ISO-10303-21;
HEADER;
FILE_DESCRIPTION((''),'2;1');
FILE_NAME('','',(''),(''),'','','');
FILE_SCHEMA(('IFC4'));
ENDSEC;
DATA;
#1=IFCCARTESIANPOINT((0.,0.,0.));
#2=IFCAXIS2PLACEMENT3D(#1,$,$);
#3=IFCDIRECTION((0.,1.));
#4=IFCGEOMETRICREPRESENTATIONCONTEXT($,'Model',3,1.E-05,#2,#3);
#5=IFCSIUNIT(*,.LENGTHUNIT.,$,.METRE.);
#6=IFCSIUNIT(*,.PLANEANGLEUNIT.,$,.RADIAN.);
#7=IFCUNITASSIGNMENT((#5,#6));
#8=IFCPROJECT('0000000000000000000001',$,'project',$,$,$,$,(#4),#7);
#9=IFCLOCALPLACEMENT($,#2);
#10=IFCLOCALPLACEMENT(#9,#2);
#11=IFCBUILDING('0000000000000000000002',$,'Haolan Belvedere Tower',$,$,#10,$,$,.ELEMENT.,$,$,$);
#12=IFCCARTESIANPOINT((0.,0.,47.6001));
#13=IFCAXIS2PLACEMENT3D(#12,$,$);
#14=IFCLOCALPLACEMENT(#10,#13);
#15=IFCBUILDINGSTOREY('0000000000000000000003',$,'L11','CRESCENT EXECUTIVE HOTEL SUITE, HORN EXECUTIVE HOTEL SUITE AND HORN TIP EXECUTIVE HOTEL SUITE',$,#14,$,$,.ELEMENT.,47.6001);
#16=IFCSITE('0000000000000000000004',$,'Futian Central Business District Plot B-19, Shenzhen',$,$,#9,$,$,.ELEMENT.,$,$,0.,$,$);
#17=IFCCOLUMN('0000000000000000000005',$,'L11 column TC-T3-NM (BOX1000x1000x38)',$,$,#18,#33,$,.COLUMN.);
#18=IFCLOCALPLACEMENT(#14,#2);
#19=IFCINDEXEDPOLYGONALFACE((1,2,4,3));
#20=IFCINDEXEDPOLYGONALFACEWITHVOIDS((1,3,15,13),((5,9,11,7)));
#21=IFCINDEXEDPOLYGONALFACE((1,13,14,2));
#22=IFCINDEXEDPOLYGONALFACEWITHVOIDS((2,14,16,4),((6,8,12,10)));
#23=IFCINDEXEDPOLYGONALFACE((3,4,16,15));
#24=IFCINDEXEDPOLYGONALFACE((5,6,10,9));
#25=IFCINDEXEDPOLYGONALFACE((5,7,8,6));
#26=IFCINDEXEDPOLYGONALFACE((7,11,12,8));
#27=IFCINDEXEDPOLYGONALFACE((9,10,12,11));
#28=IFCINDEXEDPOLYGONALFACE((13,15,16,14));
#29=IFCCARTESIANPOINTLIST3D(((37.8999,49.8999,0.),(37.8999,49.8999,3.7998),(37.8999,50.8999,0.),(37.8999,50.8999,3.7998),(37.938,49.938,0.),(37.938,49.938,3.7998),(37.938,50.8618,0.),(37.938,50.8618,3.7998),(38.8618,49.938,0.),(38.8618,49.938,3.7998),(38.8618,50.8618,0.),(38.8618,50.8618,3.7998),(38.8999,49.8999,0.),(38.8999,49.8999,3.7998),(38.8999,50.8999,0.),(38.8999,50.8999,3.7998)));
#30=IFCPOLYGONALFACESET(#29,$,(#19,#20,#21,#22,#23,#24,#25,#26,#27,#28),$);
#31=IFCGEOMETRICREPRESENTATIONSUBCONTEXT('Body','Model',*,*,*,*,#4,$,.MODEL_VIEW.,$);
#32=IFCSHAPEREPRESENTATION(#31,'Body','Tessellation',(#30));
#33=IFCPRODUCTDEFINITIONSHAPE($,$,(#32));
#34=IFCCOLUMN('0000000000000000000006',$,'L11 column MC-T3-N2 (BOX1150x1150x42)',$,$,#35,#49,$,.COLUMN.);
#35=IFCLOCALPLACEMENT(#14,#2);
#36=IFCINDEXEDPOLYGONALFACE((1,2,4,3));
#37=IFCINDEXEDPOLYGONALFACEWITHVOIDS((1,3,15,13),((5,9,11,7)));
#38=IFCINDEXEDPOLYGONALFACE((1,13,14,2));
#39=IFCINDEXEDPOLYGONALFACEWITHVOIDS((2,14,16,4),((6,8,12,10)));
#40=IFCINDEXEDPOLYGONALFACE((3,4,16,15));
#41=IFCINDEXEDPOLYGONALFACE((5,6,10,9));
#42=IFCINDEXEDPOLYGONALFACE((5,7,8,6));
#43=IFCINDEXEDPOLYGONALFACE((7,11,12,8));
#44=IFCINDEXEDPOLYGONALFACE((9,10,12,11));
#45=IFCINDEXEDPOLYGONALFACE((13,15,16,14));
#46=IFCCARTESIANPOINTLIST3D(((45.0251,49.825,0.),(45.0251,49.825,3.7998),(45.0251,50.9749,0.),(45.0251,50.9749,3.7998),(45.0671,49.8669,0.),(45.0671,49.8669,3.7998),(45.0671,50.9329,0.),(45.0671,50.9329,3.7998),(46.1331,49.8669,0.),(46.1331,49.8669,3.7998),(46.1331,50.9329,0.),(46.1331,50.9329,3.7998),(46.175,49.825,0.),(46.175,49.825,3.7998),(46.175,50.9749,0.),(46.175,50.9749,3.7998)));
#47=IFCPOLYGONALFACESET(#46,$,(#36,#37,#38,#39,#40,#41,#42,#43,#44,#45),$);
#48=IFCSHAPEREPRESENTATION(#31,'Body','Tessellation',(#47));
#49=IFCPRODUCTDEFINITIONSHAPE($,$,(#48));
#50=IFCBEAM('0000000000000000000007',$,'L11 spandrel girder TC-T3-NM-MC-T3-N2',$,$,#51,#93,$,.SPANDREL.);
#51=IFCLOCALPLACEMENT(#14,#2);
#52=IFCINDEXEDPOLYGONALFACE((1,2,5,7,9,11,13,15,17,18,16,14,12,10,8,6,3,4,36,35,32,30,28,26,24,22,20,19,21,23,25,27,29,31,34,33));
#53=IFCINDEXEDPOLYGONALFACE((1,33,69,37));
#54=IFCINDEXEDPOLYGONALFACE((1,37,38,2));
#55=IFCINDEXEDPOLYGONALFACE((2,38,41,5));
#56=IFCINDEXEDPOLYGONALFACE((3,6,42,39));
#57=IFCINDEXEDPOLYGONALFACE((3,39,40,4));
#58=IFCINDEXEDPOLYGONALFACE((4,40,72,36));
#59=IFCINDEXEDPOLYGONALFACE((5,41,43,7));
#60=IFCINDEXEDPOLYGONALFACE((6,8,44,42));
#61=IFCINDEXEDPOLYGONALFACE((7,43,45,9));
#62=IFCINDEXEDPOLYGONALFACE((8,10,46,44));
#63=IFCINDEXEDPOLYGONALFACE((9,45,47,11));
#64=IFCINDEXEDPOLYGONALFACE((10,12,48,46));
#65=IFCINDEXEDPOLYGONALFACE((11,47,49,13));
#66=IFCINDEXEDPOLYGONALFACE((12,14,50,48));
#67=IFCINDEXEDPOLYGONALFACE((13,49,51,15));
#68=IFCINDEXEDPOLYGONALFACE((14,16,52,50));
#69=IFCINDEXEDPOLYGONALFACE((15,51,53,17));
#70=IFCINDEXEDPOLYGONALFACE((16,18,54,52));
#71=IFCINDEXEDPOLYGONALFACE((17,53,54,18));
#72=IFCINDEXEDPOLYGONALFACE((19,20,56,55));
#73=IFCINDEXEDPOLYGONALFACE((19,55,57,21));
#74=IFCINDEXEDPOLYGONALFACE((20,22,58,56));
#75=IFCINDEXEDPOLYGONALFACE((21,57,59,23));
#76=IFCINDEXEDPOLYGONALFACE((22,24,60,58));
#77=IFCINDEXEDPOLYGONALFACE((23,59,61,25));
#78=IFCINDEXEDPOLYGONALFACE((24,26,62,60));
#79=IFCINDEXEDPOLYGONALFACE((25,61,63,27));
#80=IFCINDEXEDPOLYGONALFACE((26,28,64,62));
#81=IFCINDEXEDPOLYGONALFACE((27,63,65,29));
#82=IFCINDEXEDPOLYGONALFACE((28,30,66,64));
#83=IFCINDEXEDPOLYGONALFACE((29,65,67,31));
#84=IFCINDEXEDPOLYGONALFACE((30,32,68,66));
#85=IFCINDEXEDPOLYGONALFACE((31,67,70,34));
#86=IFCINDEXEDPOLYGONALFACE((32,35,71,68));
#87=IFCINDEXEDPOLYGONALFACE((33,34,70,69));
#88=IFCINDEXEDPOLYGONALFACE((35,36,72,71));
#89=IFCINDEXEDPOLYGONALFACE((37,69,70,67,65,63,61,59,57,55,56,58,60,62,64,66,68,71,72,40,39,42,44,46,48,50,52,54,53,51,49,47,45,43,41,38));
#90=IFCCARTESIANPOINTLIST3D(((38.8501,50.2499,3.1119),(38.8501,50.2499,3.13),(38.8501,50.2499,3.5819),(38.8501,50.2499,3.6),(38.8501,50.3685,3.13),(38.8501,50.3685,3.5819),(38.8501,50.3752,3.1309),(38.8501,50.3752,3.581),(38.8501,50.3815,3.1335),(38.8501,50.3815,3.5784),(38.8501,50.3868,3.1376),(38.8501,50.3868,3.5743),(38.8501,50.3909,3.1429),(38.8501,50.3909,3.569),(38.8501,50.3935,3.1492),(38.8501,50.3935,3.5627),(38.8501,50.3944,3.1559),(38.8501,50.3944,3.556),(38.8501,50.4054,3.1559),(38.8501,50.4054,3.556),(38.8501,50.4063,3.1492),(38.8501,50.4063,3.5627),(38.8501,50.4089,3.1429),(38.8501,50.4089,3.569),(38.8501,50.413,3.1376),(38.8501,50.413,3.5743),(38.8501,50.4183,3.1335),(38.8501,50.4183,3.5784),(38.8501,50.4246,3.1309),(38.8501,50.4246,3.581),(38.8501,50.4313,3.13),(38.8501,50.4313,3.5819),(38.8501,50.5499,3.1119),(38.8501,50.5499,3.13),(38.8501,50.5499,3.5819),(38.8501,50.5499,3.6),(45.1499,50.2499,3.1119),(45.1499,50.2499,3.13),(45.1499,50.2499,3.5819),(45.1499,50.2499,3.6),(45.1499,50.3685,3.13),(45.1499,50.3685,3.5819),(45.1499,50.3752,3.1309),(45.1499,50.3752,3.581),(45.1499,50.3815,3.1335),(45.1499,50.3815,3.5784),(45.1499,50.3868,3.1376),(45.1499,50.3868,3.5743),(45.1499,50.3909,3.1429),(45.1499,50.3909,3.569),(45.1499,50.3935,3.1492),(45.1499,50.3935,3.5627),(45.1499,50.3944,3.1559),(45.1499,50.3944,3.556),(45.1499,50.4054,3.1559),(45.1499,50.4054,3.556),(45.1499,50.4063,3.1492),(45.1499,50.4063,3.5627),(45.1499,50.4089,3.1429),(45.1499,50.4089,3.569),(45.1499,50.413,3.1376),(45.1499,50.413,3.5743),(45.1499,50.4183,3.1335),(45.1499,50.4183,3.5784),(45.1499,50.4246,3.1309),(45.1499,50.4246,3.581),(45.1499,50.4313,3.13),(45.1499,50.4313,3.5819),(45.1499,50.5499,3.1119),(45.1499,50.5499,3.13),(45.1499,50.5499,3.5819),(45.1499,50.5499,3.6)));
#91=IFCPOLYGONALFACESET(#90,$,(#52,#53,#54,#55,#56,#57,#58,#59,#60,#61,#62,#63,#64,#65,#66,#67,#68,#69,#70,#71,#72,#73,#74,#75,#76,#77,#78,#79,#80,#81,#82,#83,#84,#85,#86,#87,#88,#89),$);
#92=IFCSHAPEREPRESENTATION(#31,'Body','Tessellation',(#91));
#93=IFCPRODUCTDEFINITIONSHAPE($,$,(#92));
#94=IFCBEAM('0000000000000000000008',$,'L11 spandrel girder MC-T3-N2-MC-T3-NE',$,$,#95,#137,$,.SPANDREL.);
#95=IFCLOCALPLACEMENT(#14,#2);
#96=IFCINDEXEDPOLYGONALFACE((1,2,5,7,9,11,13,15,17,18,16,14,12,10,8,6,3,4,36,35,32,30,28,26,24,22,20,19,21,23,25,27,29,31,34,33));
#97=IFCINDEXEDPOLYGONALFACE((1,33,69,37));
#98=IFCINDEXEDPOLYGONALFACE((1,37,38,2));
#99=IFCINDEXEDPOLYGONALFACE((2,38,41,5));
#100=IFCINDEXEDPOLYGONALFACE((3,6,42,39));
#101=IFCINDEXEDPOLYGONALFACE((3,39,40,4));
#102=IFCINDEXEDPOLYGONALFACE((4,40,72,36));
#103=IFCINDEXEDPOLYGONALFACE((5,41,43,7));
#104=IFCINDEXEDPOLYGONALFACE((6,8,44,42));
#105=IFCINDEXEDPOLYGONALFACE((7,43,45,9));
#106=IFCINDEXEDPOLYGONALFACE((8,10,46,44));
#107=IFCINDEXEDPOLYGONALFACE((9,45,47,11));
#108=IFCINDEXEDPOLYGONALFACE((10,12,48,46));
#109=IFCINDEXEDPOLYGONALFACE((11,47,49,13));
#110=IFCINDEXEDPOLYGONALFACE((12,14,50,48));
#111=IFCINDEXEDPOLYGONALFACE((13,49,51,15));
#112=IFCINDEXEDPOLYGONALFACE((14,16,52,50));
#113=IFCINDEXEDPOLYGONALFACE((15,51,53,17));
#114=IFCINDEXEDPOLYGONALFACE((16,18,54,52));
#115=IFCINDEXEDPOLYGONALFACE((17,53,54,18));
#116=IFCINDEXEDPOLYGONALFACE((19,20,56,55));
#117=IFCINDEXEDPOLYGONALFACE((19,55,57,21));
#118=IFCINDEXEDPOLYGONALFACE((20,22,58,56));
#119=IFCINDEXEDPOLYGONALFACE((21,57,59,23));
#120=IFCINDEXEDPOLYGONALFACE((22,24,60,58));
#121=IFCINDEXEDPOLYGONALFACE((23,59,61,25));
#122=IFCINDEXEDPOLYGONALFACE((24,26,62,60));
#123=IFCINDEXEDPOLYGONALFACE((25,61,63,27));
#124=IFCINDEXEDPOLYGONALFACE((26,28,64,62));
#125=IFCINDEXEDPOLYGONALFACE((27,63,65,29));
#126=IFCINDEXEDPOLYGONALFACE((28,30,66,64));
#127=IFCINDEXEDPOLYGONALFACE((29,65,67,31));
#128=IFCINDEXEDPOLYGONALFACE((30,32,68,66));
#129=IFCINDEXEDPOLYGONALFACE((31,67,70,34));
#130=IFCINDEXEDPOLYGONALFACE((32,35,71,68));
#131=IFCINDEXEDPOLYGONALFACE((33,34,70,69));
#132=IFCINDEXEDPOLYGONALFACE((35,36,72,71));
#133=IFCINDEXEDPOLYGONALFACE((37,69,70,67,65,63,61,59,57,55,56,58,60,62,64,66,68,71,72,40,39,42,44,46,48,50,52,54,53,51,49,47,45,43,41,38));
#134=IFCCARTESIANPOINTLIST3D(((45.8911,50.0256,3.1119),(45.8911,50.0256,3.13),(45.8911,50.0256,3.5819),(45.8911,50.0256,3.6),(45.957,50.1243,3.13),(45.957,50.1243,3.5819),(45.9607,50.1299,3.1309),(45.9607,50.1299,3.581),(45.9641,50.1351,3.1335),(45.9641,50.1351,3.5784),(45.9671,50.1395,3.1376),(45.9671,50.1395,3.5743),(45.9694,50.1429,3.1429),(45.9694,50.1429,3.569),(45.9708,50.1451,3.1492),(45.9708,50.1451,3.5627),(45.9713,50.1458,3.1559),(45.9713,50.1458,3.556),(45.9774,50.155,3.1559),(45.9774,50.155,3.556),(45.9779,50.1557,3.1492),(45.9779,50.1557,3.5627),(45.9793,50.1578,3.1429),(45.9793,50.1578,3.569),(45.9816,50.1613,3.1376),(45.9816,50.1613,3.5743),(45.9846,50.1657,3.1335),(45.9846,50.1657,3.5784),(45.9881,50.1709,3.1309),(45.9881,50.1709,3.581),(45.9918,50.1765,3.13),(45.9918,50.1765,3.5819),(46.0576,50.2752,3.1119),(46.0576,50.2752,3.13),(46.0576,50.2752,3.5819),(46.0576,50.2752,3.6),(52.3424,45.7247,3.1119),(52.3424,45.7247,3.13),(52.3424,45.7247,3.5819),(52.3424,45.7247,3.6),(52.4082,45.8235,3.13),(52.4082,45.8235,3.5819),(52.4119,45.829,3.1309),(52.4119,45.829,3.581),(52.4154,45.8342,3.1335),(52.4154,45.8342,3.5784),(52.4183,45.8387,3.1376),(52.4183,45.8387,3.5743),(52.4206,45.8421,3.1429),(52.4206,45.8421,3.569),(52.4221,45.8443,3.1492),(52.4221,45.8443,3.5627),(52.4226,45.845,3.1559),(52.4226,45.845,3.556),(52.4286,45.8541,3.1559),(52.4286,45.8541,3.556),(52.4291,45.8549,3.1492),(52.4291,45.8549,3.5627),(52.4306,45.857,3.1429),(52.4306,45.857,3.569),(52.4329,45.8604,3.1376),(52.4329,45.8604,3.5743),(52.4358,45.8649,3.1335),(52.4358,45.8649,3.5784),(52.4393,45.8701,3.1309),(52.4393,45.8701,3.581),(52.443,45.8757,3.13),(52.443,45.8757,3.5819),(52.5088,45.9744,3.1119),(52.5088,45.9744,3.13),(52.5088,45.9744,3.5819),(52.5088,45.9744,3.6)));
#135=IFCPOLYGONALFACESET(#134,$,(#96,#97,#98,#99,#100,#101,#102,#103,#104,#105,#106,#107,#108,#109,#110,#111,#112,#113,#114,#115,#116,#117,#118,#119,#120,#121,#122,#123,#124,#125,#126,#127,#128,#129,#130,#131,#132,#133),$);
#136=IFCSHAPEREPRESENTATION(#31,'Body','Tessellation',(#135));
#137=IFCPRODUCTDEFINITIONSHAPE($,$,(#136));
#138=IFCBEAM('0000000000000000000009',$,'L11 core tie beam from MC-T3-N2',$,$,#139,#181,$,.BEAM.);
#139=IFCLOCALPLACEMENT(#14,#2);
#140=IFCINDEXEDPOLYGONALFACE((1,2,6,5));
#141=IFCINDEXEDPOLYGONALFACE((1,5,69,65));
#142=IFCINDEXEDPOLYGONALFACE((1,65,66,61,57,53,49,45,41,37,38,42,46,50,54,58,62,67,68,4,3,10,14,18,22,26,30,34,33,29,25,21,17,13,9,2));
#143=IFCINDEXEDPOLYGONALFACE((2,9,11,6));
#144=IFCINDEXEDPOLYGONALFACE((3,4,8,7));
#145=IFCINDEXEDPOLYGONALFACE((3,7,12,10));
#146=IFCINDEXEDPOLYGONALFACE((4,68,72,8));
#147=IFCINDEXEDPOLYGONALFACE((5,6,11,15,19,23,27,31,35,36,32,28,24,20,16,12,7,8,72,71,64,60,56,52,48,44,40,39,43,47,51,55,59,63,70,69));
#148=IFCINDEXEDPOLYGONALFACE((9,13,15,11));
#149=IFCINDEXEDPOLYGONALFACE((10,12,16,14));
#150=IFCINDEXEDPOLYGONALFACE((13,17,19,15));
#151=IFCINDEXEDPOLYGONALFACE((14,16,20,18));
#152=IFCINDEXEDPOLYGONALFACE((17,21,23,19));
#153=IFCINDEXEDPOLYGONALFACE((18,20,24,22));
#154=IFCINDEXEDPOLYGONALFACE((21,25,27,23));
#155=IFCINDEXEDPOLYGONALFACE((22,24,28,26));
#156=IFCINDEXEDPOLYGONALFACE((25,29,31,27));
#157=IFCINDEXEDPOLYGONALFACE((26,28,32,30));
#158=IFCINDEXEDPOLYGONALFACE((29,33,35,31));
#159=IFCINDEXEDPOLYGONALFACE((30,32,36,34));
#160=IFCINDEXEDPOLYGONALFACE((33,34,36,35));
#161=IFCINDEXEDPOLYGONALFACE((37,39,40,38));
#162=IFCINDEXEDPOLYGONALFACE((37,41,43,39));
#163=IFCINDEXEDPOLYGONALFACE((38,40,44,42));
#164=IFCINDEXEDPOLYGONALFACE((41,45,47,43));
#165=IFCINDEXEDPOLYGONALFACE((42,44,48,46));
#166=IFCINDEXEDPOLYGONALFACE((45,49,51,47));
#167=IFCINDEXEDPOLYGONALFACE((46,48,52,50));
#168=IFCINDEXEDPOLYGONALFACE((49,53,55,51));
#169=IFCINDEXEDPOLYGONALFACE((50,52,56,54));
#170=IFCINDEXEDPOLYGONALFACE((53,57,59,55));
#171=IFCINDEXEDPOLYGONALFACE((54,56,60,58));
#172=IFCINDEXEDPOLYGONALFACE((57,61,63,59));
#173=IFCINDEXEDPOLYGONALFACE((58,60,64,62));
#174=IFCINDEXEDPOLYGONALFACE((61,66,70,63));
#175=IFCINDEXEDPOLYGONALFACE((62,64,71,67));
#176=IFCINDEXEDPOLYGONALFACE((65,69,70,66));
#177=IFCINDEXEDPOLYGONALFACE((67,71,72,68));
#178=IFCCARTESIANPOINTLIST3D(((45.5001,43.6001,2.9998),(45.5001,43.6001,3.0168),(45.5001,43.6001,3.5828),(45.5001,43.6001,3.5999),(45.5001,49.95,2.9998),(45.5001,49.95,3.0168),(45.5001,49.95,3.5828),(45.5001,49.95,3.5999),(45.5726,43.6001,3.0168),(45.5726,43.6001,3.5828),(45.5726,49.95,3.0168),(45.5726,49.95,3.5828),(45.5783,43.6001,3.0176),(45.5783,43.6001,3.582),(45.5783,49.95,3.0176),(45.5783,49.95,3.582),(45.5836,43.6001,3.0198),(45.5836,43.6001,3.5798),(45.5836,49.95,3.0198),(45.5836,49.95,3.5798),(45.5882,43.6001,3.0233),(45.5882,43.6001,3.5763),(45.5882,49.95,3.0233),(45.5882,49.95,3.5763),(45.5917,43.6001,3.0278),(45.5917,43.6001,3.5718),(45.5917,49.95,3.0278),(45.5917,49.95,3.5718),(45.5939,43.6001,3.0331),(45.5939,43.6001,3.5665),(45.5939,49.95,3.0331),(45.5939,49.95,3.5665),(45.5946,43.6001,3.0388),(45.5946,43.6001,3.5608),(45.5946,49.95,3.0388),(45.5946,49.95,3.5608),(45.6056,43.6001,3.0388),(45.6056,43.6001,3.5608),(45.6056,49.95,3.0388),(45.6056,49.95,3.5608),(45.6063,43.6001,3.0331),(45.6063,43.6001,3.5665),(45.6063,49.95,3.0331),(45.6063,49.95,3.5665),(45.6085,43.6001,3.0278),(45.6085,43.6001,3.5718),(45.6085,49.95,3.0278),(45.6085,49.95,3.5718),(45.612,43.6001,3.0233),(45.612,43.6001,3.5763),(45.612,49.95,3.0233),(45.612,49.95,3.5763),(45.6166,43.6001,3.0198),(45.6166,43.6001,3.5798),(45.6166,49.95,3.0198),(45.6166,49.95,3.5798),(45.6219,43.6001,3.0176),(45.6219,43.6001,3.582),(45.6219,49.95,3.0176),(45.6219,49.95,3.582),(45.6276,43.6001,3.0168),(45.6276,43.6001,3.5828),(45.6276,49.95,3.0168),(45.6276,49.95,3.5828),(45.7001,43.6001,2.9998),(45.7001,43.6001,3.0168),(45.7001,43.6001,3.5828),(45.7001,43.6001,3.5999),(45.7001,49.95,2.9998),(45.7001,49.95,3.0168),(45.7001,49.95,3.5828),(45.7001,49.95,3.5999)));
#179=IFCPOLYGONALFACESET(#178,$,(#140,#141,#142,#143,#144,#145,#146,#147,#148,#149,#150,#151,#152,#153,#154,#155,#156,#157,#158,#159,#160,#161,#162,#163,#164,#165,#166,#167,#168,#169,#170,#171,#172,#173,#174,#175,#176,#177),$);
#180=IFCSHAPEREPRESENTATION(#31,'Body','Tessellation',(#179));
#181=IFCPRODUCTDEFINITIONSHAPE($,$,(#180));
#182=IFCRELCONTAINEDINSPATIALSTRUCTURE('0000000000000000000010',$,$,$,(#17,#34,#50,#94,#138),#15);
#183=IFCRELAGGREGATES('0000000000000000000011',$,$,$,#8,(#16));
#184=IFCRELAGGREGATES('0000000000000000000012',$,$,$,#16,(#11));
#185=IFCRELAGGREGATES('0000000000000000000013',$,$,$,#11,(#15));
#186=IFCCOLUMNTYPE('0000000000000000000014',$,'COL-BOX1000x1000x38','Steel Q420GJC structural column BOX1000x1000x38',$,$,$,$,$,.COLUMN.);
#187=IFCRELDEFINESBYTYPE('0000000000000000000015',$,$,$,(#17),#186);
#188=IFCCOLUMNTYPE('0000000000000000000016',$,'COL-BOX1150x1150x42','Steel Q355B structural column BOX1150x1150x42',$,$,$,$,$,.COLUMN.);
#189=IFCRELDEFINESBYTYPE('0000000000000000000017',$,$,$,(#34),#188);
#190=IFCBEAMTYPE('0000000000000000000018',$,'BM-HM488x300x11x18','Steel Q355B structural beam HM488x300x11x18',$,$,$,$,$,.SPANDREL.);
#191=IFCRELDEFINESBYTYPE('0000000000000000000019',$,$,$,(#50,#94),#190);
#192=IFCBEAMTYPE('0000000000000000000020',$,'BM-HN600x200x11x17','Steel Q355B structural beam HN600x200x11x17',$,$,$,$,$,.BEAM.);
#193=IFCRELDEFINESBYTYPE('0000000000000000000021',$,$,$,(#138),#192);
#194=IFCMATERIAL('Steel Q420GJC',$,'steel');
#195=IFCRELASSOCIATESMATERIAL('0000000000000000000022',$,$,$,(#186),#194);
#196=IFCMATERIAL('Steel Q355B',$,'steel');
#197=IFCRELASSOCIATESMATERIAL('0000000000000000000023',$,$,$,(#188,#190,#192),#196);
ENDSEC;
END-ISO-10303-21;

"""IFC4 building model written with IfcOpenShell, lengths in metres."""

from ifc_helpers import new_model, si_unit, direction, frame, origin, origin_2d, place, context, subcontext, project, spatial, hollow_rectangle, i_section, extrude, material, material_profile, profile_set, type_object, element, save


model = new_model("IFC4")

# Units and contexts
model_context = context("Model", 3, precision=1e-05, world=origin(), true_north=direction((0.0, 1.0)))
body_context = subcontext(model_context, "Body", "Model", "MODEL_VIEW")
ifc_project = project(units=[si_unit("LENGTHUNIT", "METRE"), si_unit("PLANEANGLEUNIT", "RADIAN")], contexts=[model_context])

# Site, building, storey
site_placement = place(None, origin())
site = spatial("IfcSite", under=ifc_project, at=site_placement, Name="Futian Central Business District Plot B-19, Shenzhen", CompositionType="ELEMENT", RefElevation=0.0)
building_placement = place(site_placement, origin())
building = spatial("IfcBuilding", under=site, at=building_placement, Name="Haolan Belvedere Tower", CompositionType="ELEMENT")
storey_placement = place(building_placement, frame((0.0, 0.0, 47.6001)))
storey = spatial("IfcBuildingStorey", under=building, at=storey_placement, Name="L11", Description="CRESCENT EXECUTIVE HOTEL SUITE, HORN EXECUTIVE HOTEL SUITE AND HORN TIP EXECUTIVE HOTEL SUITE", CompositionType="ELEMENT", Elevation=47.6001)

# Columns
ifc_material_1 = material(Name="Steel Q420GJC", Category="steel")
ifc_material_profile_1 = material_profile(ifc_material_1, hollow_rectangle(XDim=1.0, YDim=1.0, WallThickness=0.0381, at=origin_2d()), Name="Steel Q420GJC")
ifc_profile_set_1 = profile_set([ifc_material_profile_1], Name="Steel Q420GJC")
column_type_1 = type_object("IfcColumnType", Name="COL-BOX1000x1000x38", Description="Steel Q420GJC structural column BOX1000x1000x38", PredefinedType="COLUMN", material=ifc_profile_set_1)
column_1_placement = place(storey_placement, frame((38.3999, 50.3999, 0.0), z_axis=(0.0, 0.0, 1.0), x_axis=(1.0, 0.0, 0.0)))
element("IfcColumn", 1, at=column_1_placement, inside=storey, type_object=column_type_1, Name="L11 column TC-T3-NM (BOX1000x1000x38)", PredefinedType="COLUMN", context=body_context, shape_type="SweptSolid", body=[
    extrude(hollow_rectangle(XDim=1.0, YDim=1.0, WallThickness=0.0381, at=origin_2d()), origin(), (0.0, 0.0, 1.0), 3.7998),
])
ifc_material_2 = material(Name="Steel Q355B", Category="steel")
ifc_material_profile_2 = material_profile(ifc_material_2, hollow_rectangle(XDim=1.1499, YDim=1.1499, WallThickness=0.042, at=origin_2d()), Name="Steel Q355B")
ifc_profile_set_2 = profile_set([ifc_material_profile_2], Name="Steel Q355B")
column_type_2 = type_object("IfcColumnType", Name="COL-BOX1150x1150x42", Description="Steel Q355B structural column BOX1150x1150x42", PredefinedType="COLUMN", material=ifc_profile_set_2)
column_2_placement = place(storey_placement, frame((45.6001, 50.3999, 0.0), z_axis=(0.0, 0.0, 1.0), x_axis=(1.0, 0.0, 0.0)))
element("IfcColumn", 2, at=column_2_placement, inside=storey, type_object=column_type_2, Name="L11 column MC-T3-N2 (BOX1150x1150x42)", PredefinedType="COLUMN", context=body_context, shape_type="SweptSolid", body=[
    extrude(hollow_rectangle(XDim=1.1499, YDim=1.1499, WallThickness=0.042, at=origin_2d()), origin(), (0.0, 0.0, 1.0), 3.7998),
])

# Beams
ifc_material_profile_3 = material_profile(ifc_material_2, i_section(OverallWidth=0.3, OverallDepth=0.488, WebThickness=0.011, FlangeThickness=0.0181, FilletRadius=0.0259, at=origin_2d()), Name="Steel Q355B")
ifc_profile_set_3 = profile_set([ifc_material_profile_3], Name="Steel Q355B")
beam_type_1 = type_object("IfcBeamType", Name="BM-HM488x300x11x18", Description="Steel Q355B structural beam HM488x300x11x18", PredefinedType="SPANDREL", material=ifc_profile_set_3)
beam_1_placement = place(storey_placement, frame((38.8501, 50.3999, 3.356), z_axis=(1.0, 0.0, 0.0), x_axis=(0.0, 1.0, 0.0)))
element("IfcBeam", 3, at=beam_1_placement, inside=storey, type_object=beam_type_1, Name="L11 spandrel girder TC-T3-NM-MC-T3-N2", PredefinedType="SPANDREL", context=body_context, shape_type="SweptSolid", body=[
    extrude(i_section(OverallWidth=0.3, OverallDepth=0.488, WebThickness=0.011, FlangeThickness=0.0181, FilletRadius=0.0259, at=origin_2d()), origin(), (0.0, 0.0, 1.0), 6.2998),
])
beam_2_placement = place(storey_placement, frame((45.9744, 50.1504, 3.356), z_axis=(0.83205, -0.5547, 0.0), x_axis=(0.5547, 0.83205, 0.0)))
element("IfcBeam", 4, at=beam_2_placement, inside=storey, type_object=beam_type_1, Name="L11 spandrel girder MC-T3-N2-MC-T3-NE", PredefinedType="SPANDREL", context=body_context, shape_type="SweptSolid", body=[
    extrude(i_section(OverallWidth=0.3, OverallDepth=0.488, WebThickness=0.011, FlangeThickness=0.0181, FilletRadius=0.0259, at=origin_2d()), origin(), (0.0, 0.0, 1.0), 7.7534),
])
ifc_material_profile_4 = material_profile(ifc_material_2, i_section(OverallWidth=0.2, OverallDepth=0.6001, WebThickness=0.011, FlangeThickness=0.0171, FilletRadius=0.022, at=origin_2d()), Name="Steel Q355B")
ifc_profile_set_4 = profile_set([ifc_material_profile_4], Name="Steel Q355B")
beam_type_2 = type_object("IfcBeamType", Name="BM-HN600x200x11x17", Description="Steel Q355B structural beam HN600x200x11x17", PredefinedType="BEAM", material=ifc_profile_set_4)
beam_3_placement = place(storey_placement, frame((45.6001, 49.95, 3.2998), z_axis=(0.0, -1.0, 0.0), x_axis=(1.0, 0.0, 0.0)))
element("IfcBeam", 5, at=beam_3_placement, inside=storey, type_object=beam_type_2, Name="L11 core tie beam from MC-T3-N2", PredefinedType="BEAM", context=body_context, shape_type="SweptSolid", body=[
    extrude(i_section(OverallWidth=0.2, OverallDepth=0.6001, WebThickness=0.011, FlangeThickness=0.0171, FilletRadius=0.022, at=origin_2d()), origin(), (0.0, 0.0, 1.0), 6.3499),
])

save(model, "model.ifc")
